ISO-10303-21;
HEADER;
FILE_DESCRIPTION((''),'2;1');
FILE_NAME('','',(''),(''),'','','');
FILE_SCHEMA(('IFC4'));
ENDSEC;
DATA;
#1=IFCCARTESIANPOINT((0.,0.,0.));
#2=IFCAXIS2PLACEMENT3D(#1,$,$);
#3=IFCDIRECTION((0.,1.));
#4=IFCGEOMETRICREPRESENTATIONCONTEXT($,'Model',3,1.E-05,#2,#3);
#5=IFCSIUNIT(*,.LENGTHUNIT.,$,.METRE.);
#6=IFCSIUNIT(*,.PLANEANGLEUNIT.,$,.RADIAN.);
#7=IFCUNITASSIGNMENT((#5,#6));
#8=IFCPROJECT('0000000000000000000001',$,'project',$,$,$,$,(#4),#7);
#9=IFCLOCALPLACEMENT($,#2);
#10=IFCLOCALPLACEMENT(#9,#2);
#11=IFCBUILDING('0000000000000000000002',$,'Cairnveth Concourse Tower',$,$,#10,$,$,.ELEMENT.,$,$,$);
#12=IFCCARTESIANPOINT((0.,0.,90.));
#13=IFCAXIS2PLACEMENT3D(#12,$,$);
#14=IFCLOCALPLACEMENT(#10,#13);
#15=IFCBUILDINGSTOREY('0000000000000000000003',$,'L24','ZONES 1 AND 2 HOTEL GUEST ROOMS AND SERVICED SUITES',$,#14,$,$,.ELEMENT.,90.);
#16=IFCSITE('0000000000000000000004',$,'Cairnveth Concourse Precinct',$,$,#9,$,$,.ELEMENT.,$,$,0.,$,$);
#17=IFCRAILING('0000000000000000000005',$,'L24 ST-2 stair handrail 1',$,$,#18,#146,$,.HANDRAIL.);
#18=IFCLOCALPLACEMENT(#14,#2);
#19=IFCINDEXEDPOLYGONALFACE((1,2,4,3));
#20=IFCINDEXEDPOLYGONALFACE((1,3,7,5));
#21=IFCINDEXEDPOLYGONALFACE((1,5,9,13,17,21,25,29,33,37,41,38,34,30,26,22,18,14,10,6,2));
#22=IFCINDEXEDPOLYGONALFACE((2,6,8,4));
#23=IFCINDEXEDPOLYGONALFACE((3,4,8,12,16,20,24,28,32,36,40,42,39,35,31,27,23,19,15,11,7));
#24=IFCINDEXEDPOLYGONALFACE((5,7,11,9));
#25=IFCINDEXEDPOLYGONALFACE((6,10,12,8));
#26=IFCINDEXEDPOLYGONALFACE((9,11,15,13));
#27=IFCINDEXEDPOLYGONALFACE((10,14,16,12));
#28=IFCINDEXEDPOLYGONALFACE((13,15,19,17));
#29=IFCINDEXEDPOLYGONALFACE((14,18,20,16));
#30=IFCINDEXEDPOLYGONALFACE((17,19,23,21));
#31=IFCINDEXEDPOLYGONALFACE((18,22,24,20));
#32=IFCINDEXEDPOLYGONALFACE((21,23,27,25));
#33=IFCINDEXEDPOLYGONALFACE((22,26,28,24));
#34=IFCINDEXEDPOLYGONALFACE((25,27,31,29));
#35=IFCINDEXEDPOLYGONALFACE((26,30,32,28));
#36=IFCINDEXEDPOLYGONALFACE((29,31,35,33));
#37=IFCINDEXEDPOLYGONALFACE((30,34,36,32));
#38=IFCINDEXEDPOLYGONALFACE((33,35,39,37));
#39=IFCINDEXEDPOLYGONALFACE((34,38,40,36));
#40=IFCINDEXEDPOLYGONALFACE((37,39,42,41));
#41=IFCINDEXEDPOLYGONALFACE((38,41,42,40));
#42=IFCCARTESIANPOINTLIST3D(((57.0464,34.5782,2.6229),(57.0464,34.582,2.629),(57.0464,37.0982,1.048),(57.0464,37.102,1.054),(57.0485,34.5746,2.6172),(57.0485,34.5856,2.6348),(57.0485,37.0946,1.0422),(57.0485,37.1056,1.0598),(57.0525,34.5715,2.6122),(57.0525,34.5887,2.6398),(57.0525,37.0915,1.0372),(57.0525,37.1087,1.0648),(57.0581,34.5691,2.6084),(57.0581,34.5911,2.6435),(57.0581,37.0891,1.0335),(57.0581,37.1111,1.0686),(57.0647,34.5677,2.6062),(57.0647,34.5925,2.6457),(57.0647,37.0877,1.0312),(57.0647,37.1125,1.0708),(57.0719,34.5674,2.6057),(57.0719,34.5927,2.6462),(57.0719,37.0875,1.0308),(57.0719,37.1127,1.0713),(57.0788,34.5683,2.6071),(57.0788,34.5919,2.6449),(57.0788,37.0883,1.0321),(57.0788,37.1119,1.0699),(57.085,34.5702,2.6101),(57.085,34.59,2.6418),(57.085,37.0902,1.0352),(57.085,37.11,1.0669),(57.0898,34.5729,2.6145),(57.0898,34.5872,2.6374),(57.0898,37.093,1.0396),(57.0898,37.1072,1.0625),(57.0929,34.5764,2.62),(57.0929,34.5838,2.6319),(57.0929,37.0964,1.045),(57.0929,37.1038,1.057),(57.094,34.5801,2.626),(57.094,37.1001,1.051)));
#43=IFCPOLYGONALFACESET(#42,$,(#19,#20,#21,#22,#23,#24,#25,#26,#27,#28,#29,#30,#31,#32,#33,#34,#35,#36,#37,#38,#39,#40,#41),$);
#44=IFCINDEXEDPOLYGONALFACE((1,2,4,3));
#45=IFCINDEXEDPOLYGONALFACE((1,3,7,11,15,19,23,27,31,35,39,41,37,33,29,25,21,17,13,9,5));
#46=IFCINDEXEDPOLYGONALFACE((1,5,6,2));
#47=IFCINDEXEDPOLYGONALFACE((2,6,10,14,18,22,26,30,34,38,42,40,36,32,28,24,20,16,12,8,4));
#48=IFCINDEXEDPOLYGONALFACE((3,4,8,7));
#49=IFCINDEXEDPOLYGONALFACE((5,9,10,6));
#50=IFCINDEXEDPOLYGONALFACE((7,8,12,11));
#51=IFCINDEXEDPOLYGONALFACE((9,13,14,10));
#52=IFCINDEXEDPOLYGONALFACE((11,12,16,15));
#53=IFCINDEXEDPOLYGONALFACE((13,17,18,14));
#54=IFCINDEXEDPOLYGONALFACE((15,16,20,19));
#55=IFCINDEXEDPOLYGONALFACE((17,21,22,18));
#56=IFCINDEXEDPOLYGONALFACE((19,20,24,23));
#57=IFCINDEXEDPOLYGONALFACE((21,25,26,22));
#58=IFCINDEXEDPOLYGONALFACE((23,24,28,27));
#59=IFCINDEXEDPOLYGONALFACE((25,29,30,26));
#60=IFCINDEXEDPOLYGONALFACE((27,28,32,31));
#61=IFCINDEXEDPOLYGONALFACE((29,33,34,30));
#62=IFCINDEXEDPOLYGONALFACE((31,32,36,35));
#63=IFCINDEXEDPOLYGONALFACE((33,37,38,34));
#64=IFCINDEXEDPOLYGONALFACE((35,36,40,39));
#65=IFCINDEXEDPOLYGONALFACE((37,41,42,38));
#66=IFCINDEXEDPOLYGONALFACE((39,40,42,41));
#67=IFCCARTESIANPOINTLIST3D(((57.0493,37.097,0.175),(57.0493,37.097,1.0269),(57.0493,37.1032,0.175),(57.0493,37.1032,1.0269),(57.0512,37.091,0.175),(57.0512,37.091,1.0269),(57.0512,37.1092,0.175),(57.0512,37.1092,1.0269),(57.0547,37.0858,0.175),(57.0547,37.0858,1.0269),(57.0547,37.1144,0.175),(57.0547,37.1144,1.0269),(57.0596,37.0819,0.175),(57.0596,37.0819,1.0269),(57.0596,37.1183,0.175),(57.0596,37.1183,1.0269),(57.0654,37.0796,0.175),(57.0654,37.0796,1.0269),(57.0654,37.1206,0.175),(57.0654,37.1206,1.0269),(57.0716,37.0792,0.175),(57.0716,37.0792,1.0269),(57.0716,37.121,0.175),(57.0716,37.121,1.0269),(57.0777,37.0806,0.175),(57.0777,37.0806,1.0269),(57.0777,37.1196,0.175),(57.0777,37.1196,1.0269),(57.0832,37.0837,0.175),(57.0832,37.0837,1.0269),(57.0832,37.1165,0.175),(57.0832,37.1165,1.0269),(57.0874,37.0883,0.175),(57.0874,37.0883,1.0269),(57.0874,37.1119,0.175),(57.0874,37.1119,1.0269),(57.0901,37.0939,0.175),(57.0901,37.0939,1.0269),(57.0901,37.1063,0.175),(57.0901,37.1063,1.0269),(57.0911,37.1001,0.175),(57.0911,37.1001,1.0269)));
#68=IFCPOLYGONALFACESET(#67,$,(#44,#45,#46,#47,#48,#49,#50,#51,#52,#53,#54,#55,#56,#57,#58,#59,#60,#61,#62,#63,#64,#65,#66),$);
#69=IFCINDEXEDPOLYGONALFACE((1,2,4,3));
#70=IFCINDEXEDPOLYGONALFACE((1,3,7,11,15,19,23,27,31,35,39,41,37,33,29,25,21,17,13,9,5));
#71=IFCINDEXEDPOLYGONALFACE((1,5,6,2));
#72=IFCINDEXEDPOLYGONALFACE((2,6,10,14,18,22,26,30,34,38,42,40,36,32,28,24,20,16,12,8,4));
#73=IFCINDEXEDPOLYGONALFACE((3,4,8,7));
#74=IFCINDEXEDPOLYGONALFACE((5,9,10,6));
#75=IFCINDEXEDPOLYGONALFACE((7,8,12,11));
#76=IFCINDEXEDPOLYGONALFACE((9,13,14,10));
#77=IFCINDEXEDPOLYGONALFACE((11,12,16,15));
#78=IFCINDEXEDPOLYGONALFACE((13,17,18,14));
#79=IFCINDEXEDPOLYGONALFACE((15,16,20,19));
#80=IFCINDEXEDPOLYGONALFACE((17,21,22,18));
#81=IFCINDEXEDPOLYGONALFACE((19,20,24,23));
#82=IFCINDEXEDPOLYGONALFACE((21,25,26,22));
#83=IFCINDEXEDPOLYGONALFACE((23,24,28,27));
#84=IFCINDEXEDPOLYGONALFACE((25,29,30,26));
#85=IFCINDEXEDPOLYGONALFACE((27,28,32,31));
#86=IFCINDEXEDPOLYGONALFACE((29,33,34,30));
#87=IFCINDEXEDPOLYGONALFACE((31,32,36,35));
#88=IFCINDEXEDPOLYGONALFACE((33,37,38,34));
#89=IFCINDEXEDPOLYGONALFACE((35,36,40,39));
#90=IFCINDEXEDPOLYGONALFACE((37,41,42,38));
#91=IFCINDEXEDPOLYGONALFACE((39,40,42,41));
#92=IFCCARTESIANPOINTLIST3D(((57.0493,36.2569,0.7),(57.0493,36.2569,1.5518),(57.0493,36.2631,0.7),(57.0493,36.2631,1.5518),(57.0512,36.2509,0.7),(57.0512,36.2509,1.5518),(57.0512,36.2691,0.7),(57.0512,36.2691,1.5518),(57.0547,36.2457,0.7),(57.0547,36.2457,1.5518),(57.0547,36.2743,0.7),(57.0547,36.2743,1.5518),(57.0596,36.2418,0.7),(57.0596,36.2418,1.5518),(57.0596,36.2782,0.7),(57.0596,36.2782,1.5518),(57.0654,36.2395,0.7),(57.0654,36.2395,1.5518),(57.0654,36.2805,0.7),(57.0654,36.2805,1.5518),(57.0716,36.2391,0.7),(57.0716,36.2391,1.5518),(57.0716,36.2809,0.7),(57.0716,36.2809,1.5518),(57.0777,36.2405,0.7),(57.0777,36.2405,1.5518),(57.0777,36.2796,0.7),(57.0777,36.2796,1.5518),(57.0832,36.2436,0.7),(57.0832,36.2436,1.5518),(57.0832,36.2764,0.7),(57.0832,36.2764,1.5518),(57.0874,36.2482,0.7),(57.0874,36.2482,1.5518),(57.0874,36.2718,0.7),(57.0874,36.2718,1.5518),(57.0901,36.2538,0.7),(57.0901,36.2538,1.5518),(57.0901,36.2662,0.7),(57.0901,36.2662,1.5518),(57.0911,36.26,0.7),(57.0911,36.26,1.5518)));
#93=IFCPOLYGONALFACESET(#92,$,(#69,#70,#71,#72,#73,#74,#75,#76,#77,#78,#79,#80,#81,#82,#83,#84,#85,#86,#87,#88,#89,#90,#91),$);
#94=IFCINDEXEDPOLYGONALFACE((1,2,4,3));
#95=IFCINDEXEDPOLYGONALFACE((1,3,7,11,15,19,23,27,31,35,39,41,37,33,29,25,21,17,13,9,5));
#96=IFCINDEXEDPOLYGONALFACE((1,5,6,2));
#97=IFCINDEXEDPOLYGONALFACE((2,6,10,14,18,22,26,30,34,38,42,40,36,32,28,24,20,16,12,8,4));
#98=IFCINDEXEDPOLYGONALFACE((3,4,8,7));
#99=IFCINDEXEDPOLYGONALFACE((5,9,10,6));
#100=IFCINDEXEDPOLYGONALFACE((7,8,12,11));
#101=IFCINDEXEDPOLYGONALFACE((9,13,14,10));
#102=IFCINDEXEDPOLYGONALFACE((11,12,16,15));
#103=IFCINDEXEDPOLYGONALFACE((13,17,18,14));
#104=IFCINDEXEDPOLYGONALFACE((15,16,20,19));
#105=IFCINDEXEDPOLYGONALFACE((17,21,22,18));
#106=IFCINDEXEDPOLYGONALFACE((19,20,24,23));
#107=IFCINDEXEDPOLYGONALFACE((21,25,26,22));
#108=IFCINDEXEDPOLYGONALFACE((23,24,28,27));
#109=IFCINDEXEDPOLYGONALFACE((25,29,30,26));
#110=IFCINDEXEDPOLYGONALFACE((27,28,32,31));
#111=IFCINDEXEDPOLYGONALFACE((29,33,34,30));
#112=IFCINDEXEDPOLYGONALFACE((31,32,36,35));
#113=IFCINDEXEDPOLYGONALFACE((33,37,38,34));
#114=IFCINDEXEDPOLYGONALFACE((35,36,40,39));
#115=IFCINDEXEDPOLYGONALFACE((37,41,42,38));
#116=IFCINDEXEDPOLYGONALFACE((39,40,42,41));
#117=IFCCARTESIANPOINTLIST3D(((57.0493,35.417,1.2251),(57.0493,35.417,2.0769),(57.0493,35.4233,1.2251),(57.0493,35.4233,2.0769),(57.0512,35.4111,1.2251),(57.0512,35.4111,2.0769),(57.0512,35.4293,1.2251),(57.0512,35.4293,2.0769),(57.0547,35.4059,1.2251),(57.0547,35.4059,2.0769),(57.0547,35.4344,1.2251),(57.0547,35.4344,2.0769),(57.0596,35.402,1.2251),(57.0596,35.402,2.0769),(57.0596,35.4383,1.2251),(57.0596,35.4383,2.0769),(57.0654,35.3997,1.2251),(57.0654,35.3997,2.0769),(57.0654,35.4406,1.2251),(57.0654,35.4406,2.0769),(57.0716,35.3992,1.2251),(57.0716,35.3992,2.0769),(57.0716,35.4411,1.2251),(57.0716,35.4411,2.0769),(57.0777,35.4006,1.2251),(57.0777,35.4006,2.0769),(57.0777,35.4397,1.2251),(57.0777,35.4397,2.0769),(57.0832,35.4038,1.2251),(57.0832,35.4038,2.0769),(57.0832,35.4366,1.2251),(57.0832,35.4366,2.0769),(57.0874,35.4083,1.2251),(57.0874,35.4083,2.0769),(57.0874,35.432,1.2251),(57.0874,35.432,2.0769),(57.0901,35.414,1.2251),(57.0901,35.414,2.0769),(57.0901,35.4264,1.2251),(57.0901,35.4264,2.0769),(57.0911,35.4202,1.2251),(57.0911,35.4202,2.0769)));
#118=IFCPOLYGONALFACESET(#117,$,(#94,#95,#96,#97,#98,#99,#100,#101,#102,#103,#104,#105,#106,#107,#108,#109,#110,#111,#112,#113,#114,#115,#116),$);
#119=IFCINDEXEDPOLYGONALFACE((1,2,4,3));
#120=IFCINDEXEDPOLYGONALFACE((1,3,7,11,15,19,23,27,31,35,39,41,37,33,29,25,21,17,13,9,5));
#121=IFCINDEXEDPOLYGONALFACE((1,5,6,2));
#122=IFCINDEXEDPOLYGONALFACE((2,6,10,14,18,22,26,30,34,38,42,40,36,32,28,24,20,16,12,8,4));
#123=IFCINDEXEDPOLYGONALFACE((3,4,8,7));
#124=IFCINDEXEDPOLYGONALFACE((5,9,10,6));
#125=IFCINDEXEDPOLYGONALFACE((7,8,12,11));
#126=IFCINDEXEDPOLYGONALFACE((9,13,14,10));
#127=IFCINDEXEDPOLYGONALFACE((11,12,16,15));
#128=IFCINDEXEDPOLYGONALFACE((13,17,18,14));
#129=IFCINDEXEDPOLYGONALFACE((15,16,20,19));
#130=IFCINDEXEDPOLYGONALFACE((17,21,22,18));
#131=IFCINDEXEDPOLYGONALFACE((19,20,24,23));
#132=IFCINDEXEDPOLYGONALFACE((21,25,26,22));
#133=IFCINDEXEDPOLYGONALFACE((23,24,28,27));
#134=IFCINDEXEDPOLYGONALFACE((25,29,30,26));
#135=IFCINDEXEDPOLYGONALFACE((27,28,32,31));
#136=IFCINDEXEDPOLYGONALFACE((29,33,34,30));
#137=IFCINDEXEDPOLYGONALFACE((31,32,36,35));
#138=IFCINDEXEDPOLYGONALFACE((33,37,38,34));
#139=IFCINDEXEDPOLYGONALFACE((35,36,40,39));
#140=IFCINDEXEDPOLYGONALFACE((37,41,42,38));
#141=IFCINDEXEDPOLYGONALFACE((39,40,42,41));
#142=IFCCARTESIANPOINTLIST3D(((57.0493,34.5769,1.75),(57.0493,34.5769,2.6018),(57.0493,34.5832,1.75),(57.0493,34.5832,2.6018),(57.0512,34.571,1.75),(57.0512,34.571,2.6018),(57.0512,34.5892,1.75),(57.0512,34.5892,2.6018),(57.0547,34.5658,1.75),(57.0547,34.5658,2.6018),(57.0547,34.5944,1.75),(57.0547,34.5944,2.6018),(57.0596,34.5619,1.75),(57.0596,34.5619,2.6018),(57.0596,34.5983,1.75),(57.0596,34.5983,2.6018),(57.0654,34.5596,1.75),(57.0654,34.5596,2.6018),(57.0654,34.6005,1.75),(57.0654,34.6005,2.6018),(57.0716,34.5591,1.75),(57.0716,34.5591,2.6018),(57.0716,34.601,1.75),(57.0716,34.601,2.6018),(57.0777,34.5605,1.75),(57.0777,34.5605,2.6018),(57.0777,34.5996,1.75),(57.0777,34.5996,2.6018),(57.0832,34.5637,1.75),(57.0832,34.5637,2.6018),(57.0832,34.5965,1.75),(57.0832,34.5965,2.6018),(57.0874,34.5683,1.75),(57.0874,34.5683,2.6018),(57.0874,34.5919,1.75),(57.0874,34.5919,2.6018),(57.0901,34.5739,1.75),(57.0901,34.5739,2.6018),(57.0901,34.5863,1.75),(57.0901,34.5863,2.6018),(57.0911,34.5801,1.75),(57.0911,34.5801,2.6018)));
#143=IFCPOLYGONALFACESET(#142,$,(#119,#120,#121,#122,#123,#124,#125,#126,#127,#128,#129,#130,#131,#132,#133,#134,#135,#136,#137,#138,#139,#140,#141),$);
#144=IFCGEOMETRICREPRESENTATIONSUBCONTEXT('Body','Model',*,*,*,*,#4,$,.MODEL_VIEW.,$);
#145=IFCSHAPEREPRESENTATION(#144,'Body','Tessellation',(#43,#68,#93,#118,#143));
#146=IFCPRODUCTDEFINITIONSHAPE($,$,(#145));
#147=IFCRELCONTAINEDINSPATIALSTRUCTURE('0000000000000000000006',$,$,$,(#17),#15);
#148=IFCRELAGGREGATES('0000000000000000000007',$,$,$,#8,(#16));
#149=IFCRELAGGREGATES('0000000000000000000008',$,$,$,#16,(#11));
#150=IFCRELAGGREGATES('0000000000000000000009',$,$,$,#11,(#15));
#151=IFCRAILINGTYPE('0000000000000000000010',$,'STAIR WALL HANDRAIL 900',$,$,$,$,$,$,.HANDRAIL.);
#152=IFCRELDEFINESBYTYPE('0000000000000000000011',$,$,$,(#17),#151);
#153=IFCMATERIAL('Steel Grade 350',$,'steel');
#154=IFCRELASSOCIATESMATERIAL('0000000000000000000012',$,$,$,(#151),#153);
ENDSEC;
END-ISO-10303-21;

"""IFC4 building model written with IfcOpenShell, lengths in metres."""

from ifc_helpers import new_model, si_unit, direction, frame, origin, origin_2d, place, context, subcontext, project, spatial, circle, extrude, material, type_object, element, save


model = new_model("IFC4")

# Units and contexts
model_context = context("Model", 3, precision=1e-05, world=origin(), true_north=direction((0.0, 1.0)))
body_context = subcontext(model_context, "Body", "Model", "MODEL_VIEW")
ifc_project = project(units=[si_unit("LENGTHUNIT", "METRE"), si_unit("PLANEANGLEUNIT", "RADIAN")], contexts=[model_context])

# Site, building, storey
site_placement = place(None, origin())
site = spatial("IfcSite", under=ifc_project, at=site_placement, Name="Cairnveth Concourse Precinct", CompositionType="ELEMENT", RefElevation=0.0)
building_placement = place(site_placement, origin())
building = spatial("IfcBuilding", under=site, at=building_placement, Name="Cairnveth Concourse Tower", CompositionType="ELEMENT")
storey_placement = place(building_placement, frame((0.0, 0.0, 90.0)))
storey = spatial("IfcBuildingStorey", under=building, at=storey_placement, Name="L24", Description="ZONES 1 AND 2 HOTEL GUEST ROOMS AND SERVICED SUITES", CompositionType="ELEMENT", Elevation=90.0)

# Shared definitions
ifc_material_1 = material(Name="Steel Grade 350", Category="steel")

# Railing
railing_type_1 = type_object("IfcRailingType", Name="STAIR WALL HANDRAIL 900", PredefinedType="HANDRAIL", material=ifc_material_1)
railing_1_placement = place(storey_placement, frame((57.0701, 37.1001, 0.175)))
element("IfcRailing", 1, at=railing_1_placement, inside=storey, type_object=railing_type_1, Name="L24 ST-2 stair handrail 1", PredefinedType="HANDRAIL", context=body_context, shape_type="SweptSolid", body=[
    extrude(circle(Radius=0.0239, at=origin_2d()), frame((0.0, 0.0, 0.876), z_axis=(0.0, -0.848008, 0.529984), x_axis=(1.0, 0.0, 0.0)), (0.0, 0.0, 1.0), 2.9717),
    extrude(circle(Radius=0.021, at=origin_2d()), origin(), (0.0, 0.0, 1.0), 0.8518),
    extrude(circle(Radius=0.021, at=origin_2d()), frame((0.0, -0.8401, 0.5249)), (0.0, 0.0, 1.0), 0.8518),
    extrude(circle(Radius=0.021, at=origin_2d()), frame((0.0, -1.6799, 1.05)), (0.0, 0.0, 1.0), 0.8518),
    extrude(circle(Radius=0.021, at=origin_2d()), frame((0.0, -2.52, 1.575)), (0.0, 0.0, 1.0), 0.8518),
])

save(model, "model.ifc")
